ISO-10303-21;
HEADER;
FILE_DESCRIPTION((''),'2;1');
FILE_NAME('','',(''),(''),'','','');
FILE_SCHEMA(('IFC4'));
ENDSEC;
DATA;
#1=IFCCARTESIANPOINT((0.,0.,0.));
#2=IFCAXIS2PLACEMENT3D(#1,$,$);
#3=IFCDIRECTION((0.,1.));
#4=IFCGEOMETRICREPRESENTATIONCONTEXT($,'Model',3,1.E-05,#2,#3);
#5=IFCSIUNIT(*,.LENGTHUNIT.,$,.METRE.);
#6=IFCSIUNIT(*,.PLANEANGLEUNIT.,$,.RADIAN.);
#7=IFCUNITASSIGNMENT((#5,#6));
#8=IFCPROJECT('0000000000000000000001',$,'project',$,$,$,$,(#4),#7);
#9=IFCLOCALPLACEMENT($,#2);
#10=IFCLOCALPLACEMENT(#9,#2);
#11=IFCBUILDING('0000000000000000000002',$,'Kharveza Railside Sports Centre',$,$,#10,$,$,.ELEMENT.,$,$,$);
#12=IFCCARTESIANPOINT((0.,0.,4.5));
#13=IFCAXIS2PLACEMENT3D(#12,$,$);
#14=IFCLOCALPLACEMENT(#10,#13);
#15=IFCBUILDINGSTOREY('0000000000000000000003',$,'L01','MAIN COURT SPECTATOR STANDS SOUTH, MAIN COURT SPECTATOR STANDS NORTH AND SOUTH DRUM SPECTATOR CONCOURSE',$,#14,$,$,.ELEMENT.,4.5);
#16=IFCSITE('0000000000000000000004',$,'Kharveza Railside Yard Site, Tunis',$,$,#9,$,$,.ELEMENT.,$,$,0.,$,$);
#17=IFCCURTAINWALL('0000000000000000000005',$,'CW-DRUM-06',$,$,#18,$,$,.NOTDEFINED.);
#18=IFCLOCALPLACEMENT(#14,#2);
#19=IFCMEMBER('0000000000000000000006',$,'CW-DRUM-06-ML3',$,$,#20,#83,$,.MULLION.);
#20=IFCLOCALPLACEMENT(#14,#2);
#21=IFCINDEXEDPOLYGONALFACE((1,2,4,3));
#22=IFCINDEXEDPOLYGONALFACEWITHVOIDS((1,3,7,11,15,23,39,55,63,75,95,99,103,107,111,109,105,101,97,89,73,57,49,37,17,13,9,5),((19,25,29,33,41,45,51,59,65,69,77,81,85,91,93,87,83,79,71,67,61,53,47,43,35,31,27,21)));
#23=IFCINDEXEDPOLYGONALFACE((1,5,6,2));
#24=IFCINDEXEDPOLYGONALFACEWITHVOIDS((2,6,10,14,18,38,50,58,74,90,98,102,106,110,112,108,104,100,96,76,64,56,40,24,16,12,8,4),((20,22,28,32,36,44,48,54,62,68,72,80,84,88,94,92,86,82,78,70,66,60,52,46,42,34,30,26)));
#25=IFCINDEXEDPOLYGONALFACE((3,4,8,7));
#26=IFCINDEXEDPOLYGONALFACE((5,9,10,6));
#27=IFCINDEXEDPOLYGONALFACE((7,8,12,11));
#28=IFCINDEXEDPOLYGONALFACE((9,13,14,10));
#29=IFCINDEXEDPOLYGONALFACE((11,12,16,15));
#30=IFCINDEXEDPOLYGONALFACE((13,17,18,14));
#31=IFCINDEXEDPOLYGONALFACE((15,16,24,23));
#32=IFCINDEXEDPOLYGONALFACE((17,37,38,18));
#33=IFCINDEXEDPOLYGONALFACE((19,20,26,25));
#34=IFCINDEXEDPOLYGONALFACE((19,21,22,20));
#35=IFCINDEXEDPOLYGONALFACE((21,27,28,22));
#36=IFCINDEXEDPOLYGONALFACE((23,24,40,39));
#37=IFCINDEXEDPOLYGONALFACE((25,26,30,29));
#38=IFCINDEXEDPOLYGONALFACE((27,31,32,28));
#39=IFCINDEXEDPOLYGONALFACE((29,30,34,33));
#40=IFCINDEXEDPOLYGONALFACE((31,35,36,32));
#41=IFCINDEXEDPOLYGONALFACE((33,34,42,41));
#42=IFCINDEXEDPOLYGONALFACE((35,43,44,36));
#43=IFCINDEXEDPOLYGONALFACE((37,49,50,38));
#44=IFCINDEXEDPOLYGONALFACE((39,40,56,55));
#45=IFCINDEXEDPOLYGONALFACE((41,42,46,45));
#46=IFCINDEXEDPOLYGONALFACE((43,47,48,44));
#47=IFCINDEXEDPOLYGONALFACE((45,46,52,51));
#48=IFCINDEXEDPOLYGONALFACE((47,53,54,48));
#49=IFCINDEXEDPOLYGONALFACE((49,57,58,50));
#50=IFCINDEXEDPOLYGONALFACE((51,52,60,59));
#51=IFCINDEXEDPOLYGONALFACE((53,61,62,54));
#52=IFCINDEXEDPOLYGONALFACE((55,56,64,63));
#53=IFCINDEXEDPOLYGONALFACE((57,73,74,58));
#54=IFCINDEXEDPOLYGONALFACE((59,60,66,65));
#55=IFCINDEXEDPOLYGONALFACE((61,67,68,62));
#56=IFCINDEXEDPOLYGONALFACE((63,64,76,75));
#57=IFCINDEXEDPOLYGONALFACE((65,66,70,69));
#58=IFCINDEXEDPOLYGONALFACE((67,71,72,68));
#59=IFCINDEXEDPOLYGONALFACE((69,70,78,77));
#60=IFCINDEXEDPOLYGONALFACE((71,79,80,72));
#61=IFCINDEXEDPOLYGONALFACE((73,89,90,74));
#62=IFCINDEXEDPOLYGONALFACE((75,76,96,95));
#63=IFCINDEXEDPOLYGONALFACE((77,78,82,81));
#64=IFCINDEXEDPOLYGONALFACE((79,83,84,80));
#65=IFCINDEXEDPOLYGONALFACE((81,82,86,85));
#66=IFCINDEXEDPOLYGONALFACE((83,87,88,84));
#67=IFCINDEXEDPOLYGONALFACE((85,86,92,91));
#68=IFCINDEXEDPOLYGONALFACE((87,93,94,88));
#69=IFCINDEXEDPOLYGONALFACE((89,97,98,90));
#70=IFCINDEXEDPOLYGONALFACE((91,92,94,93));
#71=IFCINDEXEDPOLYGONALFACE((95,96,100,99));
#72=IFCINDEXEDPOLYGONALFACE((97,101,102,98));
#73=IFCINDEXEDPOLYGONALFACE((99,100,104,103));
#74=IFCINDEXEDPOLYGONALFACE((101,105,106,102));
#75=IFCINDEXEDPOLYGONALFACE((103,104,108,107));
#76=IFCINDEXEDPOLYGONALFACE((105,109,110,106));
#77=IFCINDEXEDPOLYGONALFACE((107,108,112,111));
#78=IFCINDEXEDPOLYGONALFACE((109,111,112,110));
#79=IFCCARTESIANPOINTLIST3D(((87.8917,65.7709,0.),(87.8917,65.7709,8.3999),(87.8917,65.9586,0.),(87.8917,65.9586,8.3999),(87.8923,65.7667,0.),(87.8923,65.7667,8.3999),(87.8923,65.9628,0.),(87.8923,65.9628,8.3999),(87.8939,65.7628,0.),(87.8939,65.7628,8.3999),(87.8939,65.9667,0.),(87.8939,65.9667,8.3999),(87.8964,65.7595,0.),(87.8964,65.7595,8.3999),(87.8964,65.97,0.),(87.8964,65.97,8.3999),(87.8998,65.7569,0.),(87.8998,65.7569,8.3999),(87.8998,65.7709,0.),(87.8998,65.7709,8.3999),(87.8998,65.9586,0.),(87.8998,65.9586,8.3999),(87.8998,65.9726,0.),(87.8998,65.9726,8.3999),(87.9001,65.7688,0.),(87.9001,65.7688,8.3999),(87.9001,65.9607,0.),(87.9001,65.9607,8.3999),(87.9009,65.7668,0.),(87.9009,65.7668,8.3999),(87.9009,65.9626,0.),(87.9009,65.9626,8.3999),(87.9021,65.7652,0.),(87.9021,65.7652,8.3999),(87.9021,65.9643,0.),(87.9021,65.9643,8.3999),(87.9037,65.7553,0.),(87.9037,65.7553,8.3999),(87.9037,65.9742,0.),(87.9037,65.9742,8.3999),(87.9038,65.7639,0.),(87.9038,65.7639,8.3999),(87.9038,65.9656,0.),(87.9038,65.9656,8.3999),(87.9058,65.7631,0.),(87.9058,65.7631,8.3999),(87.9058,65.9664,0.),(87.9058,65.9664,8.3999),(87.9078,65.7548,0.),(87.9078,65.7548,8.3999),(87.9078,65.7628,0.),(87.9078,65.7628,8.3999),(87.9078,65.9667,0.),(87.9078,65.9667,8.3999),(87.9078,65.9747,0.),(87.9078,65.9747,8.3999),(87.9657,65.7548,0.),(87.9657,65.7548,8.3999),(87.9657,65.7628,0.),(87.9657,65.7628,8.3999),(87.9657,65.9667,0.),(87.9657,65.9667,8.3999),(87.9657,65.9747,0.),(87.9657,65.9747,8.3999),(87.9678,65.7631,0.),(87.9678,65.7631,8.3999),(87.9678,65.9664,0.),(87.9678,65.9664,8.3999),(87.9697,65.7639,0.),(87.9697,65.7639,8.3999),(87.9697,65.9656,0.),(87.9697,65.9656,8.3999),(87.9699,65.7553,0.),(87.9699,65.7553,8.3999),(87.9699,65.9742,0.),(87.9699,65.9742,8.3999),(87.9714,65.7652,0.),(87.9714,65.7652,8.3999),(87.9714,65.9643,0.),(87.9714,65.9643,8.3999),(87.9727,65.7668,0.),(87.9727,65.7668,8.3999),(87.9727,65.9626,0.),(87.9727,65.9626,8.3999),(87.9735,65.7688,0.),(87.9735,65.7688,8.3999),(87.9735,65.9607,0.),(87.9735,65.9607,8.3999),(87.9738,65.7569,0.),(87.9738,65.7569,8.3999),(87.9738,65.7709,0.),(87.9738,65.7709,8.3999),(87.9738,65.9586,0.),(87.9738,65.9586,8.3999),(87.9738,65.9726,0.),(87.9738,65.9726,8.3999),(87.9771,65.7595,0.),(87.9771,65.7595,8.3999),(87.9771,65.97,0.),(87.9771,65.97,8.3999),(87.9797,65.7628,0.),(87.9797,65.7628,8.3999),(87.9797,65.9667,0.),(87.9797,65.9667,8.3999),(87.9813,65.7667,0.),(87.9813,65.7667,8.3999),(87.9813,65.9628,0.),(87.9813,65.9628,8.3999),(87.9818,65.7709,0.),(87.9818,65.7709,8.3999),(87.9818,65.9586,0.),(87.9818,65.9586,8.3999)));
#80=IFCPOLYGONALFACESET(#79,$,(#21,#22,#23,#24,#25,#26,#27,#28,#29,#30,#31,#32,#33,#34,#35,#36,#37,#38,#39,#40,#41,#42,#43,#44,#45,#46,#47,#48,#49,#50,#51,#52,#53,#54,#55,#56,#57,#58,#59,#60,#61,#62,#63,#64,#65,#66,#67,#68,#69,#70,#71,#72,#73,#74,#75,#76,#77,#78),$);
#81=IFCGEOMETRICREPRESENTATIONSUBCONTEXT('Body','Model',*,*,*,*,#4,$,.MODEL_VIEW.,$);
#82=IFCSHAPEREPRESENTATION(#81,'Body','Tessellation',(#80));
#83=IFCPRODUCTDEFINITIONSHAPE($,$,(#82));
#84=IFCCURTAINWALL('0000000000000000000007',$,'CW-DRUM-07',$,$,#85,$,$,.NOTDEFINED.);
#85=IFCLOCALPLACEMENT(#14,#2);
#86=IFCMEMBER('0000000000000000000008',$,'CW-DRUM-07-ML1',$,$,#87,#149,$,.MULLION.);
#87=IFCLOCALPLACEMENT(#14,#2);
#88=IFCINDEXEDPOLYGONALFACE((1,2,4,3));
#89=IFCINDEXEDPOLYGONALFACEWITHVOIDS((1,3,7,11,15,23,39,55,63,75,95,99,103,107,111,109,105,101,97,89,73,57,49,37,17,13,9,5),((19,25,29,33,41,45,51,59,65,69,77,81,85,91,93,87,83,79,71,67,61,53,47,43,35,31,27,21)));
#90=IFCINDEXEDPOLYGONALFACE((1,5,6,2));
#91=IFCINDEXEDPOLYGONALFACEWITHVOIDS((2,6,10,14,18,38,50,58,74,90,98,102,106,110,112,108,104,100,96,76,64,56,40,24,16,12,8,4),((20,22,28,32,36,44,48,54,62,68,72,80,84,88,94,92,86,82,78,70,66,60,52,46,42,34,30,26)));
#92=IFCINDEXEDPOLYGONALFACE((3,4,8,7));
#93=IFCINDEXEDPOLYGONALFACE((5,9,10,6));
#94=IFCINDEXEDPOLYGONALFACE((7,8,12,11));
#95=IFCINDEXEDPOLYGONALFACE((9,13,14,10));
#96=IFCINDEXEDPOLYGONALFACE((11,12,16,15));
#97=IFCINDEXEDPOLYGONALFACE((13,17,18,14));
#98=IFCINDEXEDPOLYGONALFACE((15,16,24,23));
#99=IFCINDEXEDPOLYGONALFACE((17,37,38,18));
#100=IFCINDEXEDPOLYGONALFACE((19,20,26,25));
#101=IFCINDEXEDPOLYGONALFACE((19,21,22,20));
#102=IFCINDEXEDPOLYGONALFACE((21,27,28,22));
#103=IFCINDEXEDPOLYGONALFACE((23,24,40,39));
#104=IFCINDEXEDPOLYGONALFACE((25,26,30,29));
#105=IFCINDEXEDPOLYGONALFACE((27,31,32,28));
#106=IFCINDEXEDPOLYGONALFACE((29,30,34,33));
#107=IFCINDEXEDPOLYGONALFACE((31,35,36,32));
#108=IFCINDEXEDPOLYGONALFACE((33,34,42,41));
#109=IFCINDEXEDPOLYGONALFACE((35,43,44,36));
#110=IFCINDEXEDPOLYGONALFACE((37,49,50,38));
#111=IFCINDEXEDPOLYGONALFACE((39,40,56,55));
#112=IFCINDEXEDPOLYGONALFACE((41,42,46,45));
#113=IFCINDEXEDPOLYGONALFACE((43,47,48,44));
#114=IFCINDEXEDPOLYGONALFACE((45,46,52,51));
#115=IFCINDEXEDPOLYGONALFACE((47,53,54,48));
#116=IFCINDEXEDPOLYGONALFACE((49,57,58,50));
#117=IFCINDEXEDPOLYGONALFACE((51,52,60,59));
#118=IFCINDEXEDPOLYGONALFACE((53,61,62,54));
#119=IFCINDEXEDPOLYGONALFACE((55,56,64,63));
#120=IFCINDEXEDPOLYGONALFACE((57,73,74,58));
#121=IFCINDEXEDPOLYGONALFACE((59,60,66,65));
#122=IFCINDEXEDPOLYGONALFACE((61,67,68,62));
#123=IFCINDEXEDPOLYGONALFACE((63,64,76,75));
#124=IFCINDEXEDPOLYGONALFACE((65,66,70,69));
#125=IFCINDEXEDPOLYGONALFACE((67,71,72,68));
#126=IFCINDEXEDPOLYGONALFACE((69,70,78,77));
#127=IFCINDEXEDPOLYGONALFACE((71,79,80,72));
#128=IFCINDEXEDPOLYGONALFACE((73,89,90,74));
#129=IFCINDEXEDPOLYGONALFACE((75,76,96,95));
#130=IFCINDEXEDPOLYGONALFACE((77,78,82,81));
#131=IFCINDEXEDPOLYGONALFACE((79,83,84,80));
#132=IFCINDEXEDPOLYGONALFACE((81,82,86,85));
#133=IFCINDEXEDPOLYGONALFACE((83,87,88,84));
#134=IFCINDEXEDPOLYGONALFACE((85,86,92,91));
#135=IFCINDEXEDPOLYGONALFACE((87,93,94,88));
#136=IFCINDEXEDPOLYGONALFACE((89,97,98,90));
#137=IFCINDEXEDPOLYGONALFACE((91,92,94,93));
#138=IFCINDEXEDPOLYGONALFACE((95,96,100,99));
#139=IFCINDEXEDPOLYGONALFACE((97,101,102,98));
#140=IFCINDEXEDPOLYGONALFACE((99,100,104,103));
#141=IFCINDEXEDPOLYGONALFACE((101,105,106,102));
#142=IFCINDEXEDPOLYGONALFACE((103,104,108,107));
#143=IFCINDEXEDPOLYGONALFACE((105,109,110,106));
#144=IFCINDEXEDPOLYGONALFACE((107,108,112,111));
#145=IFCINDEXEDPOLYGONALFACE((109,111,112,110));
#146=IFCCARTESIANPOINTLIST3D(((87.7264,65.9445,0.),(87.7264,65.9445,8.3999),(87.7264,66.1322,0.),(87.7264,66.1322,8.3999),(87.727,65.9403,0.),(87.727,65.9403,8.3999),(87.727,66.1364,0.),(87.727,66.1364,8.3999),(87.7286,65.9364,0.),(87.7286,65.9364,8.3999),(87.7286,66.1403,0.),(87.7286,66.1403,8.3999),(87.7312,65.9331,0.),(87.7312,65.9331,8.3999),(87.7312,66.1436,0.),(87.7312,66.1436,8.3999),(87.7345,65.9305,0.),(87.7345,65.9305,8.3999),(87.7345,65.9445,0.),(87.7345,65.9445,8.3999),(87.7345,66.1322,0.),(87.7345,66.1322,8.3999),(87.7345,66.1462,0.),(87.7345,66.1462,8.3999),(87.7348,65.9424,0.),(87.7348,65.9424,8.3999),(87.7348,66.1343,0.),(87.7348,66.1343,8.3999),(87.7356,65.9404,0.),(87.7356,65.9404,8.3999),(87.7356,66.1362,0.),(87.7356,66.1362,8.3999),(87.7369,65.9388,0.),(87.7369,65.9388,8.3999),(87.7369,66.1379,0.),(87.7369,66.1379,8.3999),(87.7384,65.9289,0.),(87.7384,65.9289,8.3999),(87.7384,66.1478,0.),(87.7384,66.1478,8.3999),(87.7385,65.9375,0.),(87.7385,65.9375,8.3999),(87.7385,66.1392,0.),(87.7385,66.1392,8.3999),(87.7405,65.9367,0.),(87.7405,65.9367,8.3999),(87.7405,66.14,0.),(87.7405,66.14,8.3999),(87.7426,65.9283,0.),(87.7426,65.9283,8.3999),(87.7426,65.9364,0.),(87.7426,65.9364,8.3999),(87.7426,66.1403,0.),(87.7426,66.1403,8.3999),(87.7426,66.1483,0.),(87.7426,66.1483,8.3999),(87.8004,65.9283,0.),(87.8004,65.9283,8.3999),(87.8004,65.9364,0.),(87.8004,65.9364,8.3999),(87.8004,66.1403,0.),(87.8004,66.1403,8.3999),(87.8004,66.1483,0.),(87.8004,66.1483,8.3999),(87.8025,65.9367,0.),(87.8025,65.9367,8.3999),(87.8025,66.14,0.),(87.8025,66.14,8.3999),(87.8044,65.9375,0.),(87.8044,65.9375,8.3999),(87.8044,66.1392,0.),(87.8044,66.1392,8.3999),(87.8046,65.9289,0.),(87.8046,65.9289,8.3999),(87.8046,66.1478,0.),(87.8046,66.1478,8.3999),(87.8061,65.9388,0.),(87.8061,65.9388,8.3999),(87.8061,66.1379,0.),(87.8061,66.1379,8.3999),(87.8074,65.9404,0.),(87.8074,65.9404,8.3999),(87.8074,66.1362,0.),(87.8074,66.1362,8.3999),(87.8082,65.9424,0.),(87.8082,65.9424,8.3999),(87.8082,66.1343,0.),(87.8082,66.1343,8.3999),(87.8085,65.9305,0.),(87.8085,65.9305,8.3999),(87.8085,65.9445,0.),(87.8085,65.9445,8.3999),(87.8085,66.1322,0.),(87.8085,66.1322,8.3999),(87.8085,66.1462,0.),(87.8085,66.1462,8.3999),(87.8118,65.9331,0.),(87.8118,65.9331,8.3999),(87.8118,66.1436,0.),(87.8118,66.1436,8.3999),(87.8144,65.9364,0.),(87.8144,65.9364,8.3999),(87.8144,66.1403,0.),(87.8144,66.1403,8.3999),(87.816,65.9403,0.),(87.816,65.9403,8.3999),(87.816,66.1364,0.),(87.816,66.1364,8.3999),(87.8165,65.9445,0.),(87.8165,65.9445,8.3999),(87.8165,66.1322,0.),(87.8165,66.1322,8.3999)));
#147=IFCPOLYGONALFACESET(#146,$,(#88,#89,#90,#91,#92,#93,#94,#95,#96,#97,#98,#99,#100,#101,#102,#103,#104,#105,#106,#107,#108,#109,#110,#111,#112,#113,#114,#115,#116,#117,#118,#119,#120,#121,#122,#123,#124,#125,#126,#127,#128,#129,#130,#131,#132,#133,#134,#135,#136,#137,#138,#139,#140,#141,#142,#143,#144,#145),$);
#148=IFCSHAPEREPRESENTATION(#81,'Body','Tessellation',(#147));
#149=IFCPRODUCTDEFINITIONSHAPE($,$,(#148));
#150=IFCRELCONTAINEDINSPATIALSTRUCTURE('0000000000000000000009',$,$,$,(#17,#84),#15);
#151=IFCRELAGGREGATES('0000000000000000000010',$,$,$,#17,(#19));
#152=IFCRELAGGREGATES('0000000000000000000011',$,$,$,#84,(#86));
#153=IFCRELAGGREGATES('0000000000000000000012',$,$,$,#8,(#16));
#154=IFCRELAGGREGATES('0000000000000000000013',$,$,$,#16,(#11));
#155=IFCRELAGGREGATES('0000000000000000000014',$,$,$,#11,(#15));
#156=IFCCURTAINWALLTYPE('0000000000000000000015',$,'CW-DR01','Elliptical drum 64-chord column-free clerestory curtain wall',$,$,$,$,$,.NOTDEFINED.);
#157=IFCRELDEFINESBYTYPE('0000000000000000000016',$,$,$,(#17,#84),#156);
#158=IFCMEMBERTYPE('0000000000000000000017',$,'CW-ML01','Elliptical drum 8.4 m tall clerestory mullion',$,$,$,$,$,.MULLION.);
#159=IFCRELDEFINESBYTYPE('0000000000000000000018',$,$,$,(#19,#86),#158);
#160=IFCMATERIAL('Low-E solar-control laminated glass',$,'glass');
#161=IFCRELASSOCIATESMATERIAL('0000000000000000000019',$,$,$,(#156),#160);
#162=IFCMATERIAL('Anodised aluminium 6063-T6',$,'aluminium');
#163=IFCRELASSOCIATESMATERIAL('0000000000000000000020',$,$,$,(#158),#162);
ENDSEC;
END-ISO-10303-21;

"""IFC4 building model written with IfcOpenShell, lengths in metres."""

from ifc_helpers import new_model, si_unit, direction, frame, origin, origin_2d, place, context, subcontext, project, spatial, hollow_rectangle, extrude, material, material_profile, profile_set, type_object, element, aggregate, save


model = new_model("IFC4")

# Units and contexts
model_context = context("Model", 3, precision=1e-05, world=origin(), true_north=direction((0.0, 1.0)))
body_context = subcontext(model_context, "Body", "Model", "MODEL_VIEW")
ifc_project = project(units=[si_unit("LENGTHUNIT", "METRE"), si_unit("PLANEANGLEUNIT", "RADIAN")], contexts=[model_context])

# Site, building, storey
site_placement = place(None, origin())
site = spatial("IfcSite", under=ifc_project, at=site_placement, Name="Kharveza Railside Yard Site, Tunis", CompositionType="ELEMENT", RefElevation=0.0)
building_placement = place(site_placement, origin())
building = spatial("IfcBuilding", under=site, at=building_placement, Name="Kharveza Railside Sports Centre", CompositionType="ELEMENT")
storey_placement = place(building_placement, frame((0.0, 0.0, 4.5)))
storey = spatial("IfcBuildingStorey", under=building, at=storey_placement, Name="L01", Description="MAIN COURT SPECTATOR STANDS SOUTH, MAIN COURT SPECTATOR STANDS NORTH AND SOUTH DRUM SPECTATOR CONCOURSE", CompositionType="ELEMENT", Elevation=4.5)

# Curtain wall, member
ifc_material_1 = material(Name="Low-E solar-control laminated glass", Category="glass")
curtain_wall_type = type_object("IfcCurtainWallType", Name="CW-DR01", Description="Elliptical drum 64-chord column-free clerestory curtain wall", PredefinedType="NOTDEFINED", material=ifc_material_1)
ifc_material_2 = material(Name="Anodised aluminium 6063-T6", Category="aluminium")
ifc_material_profile_1 = material_profile(ifc_material_2, hollow_rectangle(XDim=0.0901, YDim=0.22, WallThickness=0.0081, InnerFilletRadius=0.0081, OuterFilletRadius=0.0161, at=origin_2d()), Name="RHS 90x220x8.0")
ifc_profile_set_1 = profile_set([ifc_material_profile_1], Name="Anodised aluminium 6063-T6")
member_type_1 = type_object("IfcMemberType", Name="CW-ML01", Description="Elliptical drum 8.4 m tall clerestory mullion", PredefinedType="MULLION", material=ifc_profile_set_1)
curtain_wall_1_placement = place(storey_placement, origin())
curtain_wall_1 = element("IfcCurtainWall", 1, at=curtain_wall_1_placement, inside=storey, type_object=curtain_wall_type, Name="CW-DRUM-06", PredefinedType="NOTDEFINED")
member_1_placement = place(storey_placement, frame((87.9368, 65.8647, 0.0), z_axis=(0.0, 0.0, 1.0), x_axis=(1.0, 0.0, 0.0)))
member_1 = element("IfcMember", 2, at=member_1_placement, type_object=member_type_1, Name="CW-DRUM-06-ML3", PredefinedType="MULLION", context=body_context, shape_type="SweptSolid", body=[
    extrude(hollow_rectangle(XDim=0.0901, YDim=0.22, WallThickness=0.0081, InnerFilletRadius=0.0081, OuterFilletRadius=0.0161, at=origin_2d()), origin(), (0.0, 0.0, 1.0), 8.3999),
])

# Curtain wall, member
curtain_wall_2_placement = place(storey_placement, origin())
curtain_wall_2 = element("IfcCurtainWall", 3, at=curtain_wall_2_placement, inside=storey, type_object=curtain_wall_type, Name="CW-DRUM-07", PredefinedType="NOTDEFINED")
member_2_placement = place(storey_placement, frame((87.7715, 66.0383, 0.0), z_axis=(0.0, 0.0, 1.0), x_axis=(1.0, 0.0, 0.0)))
member_2 = element("IfcMember", 4, at=member_2_placement, type_object=member_type_1, Name="CW-DRUM-07-ML1", PredefinedType="MULLION", context=body_context, shape_type="SweptSolid", body=[
    extrude(hollow_rectangle(XDim=0.0901, YDim=0.22, WallThickness=0.0081, InnerFilletRadius=0.0081, OuterFilletRadius=0.0161, at=origin_2d()), origin(), (0.0, 0.0, 1.0), 8.3999),
])

aggregate(curtain_wall_1, [member_1])
aggregate(curtain_wall_2, [member_2])

save(model, "model.ifc")
